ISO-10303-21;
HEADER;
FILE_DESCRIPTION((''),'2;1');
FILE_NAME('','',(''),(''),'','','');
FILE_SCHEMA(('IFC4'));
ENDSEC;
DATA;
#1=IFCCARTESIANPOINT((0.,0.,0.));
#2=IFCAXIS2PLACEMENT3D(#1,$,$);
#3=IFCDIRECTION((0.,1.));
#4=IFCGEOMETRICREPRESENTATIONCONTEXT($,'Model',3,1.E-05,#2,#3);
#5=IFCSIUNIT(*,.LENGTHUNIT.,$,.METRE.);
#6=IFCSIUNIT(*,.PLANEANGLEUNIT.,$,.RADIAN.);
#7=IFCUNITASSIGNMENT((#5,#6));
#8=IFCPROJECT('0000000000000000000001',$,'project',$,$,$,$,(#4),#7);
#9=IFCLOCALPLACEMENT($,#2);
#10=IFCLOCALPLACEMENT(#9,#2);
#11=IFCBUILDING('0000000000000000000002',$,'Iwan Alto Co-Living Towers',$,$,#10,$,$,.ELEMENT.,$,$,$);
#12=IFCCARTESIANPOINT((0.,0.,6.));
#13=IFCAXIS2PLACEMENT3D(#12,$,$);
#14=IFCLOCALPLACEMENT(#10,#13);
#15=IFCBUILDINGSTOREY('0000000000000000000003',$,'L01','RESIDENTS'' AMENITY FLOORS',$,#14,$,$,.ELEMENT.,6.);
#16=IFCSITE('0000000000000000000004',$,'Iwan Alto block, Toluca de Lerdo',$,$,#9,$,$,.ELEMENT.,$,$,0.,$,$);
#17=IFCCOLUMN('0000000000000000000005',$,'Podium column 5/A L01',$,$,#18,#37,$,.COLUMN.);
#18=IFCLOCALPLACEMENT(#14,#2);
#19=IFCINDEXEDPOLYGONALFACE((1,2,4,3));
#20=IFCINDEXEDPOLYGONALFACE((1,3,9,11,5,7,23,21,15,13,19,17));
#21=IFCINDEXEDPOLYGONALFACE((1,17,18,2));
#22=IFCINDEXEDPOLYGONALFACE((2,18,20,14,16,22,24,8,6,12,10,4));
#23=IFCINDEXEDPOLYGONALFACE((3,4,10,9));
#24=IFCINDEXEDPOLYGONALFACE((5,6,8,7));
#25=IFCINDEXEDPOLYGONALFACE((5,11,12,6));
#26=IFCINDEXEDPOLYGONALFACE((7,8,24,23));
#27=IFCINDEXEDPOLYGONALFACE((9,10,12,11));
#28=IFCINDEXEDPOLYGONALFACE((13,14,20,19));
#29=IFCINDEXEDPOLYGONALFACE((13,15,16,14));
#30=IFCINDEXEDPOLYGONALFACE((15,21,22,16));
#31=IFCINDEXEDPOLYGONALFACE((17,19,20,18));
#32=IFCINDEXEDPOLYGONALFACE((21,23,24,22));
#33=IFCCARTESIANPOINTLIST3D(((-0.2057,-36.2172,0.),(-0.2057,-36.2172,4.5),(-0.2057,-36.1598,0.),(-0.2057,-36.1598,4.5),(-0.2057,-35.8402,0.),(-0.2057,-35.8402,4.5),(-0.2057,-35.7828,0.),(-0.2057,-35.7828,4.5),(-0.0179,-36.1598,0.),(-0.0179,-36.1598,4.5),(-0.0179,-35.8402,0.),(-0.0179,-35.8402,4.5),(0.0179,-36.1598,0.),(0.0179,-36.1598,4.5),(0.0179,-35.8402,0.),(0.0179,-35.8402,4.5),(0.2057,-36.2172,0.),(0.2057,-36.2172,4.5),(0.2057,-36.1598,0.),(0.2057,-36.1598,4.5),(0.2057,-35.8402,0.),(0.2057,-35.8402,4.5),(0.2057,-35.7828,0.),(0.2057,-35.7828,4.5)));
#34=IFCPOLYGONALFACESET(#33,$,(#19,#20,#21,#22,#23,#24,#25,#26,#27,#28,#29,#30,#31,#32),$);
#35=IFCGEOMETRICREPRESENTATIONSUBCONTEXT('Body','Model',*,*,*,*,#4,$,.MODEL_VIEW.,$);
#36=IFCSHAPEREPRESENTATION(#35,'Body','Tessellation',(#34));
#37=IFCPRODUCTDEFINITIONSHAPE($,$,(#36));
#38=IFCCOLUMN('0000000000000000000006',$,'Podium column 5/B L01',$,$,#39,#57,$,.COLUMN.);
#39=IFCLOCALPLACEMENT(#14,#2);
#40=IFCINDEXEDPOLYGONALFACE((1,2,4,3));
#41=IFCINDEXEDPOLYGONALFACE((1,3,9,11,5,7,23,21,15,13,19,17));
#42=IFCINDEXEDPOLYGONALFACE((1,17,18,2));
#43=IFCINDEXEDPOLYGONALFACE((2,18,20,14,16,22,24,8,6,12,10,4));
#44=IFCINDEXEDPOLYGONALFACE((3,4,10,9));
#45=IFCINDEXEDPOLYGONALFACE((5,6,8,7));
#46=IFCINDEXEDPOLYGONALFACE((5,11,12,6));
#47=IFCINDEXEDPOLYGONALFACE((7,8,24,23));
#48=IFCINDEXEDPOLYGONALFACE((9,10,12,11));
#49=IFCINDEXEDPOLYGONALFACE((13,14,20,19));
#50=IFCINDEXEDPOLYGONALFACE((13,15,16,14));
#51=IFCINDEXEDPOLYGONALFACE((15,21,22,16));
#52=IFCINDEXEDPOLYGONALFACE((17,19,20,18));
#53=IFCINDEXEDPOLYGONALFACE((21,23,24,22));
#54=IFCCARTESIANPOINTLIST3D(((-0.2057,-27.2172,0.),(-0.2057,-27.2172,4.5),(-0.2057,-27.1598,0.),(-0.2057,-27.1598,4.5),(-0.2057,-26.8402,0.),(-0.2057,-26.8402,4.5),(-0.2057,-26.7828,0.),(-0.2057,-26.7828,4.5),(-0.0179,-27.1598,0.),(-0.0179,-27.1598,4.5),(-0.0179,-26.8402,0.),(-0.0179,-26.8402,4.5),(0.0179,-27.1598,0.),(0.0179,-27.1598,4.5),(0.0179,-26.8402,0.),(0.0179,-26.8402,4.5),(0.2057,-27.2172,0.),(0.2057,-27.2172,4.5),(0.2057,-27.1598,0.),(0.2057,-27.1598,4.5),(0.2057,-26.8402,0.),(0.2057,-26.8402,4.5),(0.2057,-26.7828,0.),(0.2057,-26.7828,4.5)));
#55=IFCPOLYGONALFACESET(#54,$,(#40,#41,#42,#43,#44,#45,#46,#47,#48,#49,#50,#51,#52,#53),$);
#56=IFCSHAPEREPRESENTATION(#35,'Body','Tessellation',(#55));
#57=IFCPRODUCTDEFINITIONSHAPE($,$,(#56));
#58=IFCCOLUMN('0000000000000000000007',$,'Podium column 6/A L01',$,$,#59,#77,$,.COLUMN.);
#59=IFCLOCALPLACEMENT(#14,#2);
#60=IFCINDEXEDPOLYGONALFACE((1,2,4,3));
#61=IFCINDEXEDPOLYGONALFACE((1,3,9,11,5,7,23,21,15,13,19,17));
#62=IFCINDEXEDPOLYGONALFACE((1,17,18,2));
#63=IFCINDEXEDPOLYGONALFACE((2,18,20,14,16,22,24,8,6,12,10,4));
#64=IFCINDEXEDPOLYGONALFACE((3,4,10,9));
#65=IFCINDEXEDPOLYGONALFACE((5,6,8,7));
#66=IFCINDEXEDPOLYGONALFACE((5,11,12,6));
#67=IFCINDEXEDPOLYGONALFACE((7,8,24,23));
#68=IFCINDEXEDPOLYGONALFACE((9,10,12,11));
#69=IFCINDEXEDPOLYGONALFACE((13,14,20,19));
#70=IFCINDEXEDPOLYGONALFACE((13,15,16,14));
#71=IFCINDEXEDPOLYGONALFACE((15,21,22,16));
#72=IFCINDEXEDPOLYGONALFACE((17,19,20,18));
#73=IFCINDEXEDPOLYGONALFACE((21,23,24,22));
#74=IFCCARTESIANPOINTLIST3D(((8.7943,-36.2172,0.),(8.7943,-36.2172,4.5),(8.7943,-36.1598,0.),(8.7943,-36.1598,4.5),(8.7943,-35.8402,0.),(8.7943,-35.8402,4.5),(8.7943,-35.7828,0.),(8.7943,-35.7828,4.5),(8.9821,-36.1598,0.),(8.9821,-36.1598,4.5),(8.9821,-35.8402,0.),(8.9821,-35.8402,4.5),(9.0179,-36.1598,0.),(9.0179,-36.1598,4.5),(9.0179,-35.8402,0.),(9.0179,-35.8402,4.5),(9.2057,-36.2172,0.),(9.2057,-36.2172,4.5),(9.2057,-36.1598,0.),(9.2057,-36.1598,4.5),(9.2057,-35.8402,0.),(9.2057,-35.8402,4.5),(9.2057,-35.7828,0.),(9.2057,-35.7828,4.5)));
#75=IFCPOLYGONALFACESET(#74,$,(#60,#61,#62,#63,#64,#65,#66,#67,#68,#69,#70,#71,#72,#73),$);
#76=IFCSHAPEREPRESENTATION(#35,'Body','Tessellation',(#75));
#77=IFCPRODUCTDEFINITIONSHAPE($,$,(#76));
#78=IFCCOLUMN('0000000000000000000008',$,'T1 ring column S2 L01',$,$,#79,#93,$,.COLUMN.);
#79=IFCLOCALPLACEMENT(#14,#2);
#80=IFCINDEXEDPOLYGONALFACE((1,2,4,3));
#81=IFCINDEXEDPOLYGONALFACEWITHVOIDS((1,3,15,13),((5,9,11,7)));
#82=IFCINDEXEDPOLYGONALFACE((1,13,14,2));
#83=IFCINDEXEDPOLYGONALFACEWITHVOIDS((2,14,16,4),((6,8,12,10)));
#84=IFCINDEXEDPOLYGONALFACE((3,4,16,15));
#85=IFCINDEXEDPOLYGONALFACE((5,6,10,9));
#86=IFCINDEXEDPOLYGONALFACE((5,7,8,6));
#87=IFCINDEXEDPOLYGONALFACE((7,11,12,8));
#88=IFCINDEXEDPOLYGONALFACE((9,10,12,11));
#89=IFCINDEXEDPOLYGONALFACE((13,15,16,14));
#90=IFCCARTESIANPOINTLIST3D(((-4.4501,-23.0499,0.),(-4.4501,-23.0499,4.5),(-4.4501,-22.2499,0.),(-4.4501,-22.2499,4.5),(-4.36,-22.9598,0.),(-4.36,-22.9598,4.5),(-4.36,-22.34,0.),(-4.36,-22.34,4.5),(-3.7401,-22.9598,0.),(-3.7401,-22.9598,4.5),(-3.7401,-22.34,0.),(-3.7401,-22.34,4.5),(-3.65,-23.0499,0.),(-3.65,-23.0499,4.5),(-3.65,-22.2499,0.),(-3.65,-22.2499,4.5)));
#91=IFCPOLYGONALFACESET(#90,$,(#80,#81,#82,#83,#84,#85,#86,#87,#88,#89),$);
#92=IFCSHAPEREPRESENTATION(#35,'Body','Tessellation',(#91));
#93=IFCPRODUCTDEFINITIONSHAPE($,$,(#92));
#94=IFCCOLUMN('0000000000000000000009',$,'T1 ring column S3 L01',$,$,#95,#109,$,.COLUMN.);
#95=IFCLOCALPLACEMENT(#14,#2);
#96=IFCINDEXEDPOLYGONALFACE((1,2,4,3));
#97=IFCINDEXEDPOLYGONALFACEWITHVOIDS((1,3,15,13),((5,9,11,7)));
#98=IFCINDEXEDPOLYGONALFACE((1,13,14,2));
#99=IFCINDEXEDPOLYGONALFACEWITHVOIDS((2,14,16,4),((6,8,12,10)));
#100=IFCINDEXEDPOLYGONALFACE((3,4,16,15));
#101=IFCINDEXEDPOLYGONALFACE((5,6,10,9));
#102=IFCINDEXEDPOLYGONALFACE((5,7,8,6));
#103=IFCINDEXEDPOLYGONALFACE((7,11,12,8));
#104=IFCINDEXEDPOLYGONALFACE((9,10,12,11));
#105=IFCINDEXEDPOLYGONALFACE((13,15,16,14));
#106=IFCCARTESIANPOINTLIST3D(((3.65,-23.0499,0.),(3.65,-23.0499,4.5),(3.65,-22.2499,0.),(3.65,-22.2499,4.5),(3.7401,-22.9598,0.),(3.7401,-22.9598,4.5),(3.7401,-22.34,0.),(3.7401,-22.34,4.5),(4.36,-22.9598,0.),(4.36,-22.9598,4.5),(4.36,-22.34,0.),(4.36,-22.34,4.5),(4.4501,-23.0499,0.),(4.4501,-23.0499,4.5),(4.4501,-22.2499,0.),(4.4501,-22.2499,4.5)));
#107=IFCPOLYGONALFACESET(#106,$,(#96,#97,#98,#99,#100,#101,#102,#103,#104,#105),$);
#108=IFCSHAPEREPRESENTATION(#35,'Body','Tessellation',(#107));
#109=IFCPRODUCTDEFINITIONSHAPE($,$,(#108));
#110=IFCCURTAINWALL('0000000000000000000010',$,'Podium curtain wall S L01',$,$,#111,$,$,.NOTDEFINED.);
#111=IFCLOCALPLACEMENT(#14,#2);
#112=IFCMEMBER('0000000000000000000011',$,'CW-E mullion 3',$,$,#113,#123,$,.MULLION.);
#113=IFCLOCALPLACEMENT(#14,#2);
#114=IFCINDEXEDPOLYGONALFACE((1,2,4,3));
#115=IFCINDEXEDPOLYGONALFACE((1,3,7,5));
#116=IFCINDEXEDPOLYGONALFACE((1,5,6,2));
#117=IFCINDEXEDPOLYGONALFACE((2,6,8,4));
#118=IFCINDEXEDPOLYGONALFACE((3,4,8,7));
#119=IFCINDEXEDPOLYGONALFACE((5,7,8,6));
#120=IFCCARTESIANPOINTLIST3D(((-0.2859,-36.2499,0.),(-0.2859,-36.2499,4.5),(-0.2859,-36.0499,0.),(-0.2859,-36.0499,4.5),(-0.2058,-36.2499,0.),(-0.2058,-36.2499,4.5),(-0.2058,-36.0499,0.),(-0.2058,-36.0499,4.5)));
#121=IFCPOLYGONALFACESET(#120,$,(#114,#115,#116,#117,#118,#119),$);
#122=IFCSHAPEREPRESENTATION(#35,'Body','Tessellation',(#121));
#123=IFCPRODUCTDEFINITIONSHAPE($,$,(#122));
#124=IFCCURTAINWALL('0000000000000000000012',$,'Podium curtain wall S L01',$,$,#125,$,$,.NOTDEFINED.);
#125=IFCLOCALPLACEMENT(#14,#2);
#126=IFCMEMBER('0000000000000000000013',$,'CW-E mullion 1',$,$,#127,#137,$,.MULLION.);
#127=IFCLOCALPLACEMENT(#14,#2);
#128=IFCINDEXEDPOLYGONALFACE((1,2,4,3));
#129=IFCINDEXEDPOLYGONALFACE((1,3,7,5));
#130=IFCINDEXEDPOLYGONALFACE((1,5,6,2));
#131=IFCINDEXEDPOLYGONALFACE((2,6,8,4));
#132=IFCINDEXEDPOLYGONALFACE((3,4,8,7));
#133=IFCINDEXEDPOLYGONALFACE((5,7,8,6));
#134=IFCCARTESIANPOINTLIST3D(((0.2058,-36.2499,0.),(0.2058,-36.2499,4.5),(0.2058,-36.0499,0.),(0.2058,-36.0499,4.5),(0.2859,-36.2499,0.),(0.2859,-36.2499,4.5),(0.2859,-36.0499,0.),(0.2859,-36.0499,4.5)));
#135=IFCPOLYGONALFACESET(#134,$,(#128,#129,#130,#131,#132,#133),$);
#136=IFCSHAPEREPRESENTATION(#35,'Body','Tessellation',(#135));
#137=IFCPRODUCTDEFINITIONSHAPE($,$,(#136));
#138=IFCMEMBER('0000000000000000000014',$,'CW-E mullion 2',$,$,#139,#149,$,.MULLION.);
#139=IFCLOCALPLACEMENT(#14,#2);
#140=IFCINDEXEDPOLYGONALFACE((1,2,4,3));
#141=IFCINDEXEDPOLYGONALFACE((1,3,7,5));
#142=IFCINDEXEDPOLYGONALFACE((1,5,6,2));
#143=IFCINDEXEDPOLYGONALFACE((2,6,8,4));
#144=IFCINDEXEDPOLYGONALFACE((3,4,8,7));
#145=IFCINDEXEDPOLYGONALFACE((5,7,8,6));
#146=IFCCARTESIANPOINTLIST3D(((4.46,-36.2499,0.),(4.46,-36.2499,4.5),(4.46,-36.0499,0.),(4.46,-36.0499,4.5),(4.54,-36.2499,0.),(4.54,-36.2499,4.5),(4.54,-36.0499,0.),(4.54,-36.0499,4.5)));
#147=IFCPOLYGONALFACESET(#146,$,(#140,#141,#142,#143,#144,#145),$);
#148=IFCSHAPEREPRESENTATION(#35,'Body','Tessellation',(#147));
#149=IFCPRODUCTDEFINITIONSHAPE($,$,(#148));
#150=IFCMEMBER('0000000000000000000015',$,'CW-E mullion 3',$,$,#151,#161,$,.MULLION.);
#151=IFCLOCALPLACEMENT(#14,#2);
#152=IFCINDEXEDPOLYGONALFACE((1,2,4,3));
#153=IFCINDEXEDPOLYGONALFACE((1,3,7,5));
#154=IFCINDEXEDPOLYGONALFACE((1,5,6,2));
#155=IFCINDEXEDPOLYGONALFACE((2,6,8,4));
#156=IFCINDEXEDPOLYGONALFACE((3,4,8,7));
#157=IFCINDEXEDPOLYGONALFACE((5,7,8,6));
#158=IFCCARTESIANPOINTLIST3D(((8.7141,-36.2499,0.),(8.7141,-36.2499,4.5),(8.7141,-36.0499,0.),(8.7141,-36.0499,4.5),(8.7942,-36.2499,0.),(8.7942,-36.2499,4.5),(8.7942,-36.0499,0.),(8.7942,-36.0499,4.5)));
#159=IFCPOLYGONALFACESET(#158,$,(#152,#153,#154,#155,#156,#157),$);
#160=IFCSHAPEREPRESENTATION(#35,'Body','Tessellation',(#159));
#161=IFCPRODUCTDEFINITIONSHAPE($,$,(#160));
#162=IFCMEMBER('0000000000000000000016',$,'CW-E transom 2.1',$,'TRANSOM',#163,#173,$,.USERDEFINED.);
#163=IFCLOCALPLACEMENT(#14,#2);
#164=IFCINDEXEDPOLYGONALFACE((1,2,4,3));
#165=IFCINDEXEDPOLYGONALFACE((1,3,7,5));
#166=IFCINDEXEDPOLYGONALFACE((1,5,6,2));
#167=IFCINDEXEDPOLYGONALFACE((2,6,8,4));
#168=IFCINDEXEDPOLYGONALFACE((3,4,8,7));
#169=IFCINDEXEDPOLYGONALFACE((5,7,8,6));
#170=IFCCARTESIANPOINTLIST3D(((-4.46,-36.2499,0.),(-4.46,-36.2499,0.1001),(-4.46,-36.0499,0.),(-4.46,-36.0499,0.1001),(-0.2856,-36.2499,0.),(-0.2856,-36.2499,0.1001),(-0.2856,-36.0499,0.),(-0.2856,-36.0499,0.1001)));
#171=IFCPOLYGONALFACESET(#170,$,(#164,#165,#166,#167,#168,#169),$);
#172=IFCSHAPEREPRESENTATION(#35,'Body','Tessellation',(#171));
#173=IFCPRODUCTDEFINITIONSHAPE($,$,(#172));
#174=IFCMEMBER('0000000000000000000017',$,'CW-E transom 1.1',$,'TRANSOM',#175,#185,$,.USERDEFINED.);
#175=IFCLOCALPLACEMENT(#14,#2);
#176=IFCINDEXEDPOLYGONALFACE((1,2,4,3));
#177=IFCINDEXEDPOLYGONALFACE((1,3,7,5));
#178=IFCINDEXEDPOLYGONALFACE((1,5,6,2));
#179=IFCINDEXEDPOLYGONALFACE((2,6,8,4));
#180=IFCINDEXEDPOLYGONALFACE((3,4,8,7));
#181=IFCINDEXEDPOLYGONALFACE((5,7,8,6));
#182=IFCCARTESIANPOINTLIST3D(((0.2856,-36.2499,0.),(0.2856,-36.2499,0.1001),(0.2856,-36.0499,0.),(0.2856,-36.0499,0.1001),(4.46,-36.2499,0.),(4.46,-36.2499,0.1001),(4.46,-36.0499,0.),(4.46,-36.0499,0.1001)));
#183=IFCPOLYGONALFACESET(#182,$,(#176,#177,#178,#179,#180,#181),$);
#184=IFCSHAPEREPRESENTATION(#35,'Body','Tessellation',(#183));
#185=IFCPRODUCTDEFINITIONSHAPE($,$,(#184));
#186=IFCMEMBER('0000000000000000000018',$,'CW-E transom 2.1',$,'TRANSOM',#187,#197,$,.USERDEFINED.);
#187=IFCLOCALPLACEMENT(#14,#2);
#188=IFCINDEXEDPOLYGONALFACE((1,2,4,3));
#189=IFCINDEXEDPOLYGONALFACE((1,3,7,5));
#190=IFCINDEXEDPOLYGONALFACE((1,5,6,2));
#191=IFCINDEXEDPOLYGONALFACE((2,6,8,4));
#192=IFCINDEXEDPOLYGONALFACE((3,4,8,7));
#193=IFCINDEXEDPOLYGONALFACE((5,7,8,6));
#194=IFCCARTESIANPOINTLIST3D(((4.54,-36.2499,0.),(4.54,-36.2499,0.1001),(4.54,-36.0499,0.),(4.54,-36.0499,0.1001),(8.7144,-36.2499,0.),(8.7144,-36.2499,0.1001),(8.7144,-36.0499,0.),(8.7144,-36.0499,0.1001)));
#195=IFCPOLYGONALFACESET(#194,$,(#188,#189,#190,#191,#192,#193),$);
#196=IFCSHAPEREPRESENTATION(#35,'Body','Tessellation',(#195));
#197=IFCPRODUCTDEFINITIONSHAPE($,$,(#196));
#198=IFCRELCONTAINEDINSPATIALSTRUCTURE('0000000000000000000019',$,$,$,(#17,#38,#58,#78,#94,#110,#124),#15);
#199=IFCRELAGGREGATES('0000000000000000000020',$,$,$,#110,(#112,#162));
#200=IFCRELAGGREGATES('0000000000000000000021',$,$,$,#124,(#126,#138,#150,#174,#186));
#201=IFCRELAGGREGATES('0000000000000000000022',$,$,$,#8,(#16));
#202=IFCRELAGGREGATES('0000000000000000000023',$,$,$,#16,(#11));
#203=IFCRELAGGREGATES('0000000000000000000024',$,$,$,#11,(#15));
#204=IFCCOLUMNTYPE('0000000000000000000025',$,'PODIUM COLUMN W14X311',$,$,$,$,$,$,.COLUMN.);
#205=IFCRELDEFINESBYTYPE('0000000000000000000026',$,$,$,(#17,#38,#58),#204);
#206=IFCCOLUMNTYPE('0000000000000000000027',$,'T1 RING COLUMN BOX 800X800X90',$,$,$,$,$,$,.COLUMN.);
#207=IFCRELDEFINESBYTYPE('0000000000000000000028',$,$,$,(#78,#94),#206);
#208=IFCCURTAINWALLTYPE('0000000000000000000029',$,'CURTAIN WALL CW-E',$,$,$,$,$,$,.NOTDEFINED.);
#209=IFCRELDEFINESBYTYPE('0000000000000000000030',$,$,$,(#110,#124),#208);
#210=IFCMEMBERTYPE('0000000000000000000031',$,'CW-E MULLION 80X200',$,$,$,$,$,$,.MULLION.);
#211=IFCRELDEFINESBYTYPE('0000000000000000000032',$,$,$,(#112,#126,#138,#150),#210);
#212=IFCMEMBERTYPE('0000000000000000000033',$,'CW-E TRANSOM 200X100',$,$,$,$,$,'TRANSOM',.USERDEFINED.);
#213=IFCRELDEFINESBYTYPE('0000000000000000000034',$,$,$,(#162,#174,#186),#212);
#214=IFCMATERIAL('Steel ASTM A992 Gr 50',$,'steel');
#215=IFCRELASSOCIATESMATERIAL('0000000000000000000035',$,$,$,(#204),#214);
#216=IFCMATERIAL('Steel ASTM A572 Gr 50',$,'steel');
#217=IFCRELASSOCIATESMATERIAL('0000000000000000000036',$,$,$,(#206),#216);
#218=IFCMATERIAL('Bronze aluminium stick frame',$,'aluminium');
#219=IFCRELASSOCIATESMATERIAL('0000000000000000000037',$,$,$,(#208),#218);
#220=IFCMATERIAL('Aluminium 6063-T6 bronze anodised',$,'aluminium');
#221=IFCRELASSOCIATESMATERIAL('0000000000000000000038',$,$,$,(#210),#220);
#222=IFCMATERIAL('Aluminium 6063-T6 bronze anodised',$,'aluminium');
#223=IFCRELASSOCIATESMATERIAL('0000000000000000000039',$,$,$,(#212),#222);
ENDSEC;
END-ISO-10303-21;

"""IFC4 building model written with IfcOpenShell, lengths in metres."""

from ifc_helpers import new_model, si_unit, direction, frame, origin, origin_2d, place, context, subcontext, project, spatial, rectangle, hollow_rectangle, i_section, extrude, material, material_profile, profile_set, type_object, element, aggregate, save


model = new_model("IFC4")

# Units and contexts
model_context = context("Model", 3, precision=1e-05, world=origin(), true_north=direction((0.0, 1.0)))
body_context = subcontext(model_context, "Body", "Model", "MODEL_VIEW")
ifc_project = project(units=[si_unit("LENGTHUNIT", "METRE"), si_unit("PLANEANGLEUNIT", "RADIAN")], contexts=[model_context])

# Site, building, storey
site_placement = place(None, origin())
site = spatial("IfcSite", under=ifc_project, at=site_placement, Name="Iwan Alto block, Toluca de Lerdo", CompositionType="ELEMENT", RefElevation=0.0)
building_placement = place(site_placement, origin())
building = spatial("IfcBuilding", under=site, at=building_placement, Name="Iwan Alto Co-Living Towers", CompositionType="ELEMENT")
storey_placement = place(building_placement, frame((0.0, 0.0, 6.0)))
storey = spatial("IfcBuildingStorey", under=building, at=storey_placement, Name="L01", Description="RESIDENTS' AMENITY FLOORS", CompositionType="ELEMENT", Elevation=6.0)

# Columns
ifc_material_1 = material(Name="Steel ASTM A992 Gr 50", Category="steel")
ifc_material_profile_1 = material_profile(ifc_material_1, i_section(OverallWidth=0.4114, OverallDepth=0.4343, WebThickness=0.0359, FlangeThickness=0.0574, at=origin_2d()), Name="W14X311")
ifc_profile_set_1 = profile_set([ifc_material_profile_1], Name="Steel ASTM A992 Gr 50")
column_type_1 = type_object("IfcColumnType", Name="PODIUM COLUMN W14X311", PredefinedType="COLUMN", material=ifc_profile_set_1)
for number, where, z_axis, x_axis, name in (
    (1, (0.0, -36.0, 0.0), (0.0, 0.0, 1.0), (1.0, 0.0, 0.0), "Podium column 5/A L01"),
    (2, (0.0, -27.0, 0.0), (0.0, 0.0, 1.0), (1.0, 0.0, 0.0), "Podium column 5/B L01"),
    (3, (9.0, -36.0, 0.0), (0.0, 0.0, 1.0), (1.0, 0.0, 0.0), "Podium column 6/A L01"),
):
    element("IfcColumn", number, at=place(storey_placement, frame(where, z_axis=z_axis, x_axis=x_axis)), inside=storey, type_object=column_type_1, Name=name, PredefinedType="COLUMN", context=body_context, shape_type="SweptSolid", body=[
        extrude(i_section(OverallWidth=0.4114, OverallDepth=0.4343, WebThickness=0.0359, FlangeThickness=0.0574, at=origin_2d()), origin(), (0.0, 0.0, 1.0), 4.5),
    ])
ifc_material_2 = material(Name="Steel ASTM A572 Gr 50", Category="steel")
ifc_material_profile_2 = material_profile(ifc_material_2, hollow_rectangle(XDim=0.8, YDim=0.8, WallThickness=0.0901, at=origin_2d()), Name="BOX 800X800X90")
ifc_profile_set_2 = profile_set([ifc_material_profile_2], Name="Steel ASTM A572 Gr 50")
column_type_2 = type_object("IfcColumnType", Name="T1 RING COLUMN BOX 800X800X90", PredefinedType="COLUMN", material=ifc_profile_set_2)
for number, where, z_axis, x_axis, name in (
    (4, (-4.05, -22.6499, 0.0), (0.0, 0.0, 1.0), (1.0, 0.0, 0.0), "T1 ring column S2 L01"),
    (5, (4.05, -22.6499, 0.0), (0.0, 0.0, 1.0), (1.0, 0.0, 0.0), "T1 ring column S3 L01"),
):
    element("IfcColumn", number, at=place(storey_placement, frame(where, z_axis=z_axis, x_axis=x_axis)), inside=storey, type_object=column_type_2, Name=name, PredefinedType="COLUMN", context=body_context, shape_type="SweptSolid", body=[
        extrude(hollow_rectangle(XDim=0.8, YDim=0.8, WallThickness=0.0901, at=origin_2d()), origin(), (0.0, 0.0, 1.0), 4.5),
    ])

# Curtain wall, member
ifc_material_3 = material(Name="Bronze aluminium stick frame", Category="aluminium")
curtain_wall_type = type_object("IfcCurtainWallType", Name="CURTAIN WALL CW-E", PredefinedType="NOTDEFINED", material=ifc_material_3)
curtain_wall_1_placement = place(storey_placement, origin())
curtain_wall_1 = element("IfcCurtainWall", 6, at=curtain_wall_1_placement, inside=storey, type_object=curtain_wall_type, Name="Podium curtain wall S L01", PredefinedType="NOTDEFINED")
ifc_material_4 = material(Name="Aluminium 6063-T6 bronze anodised", Category="aluminium")
ifc_material_profile_3 = material_profile(ifc_material_4, rectangle(XDim=0.2, YDim=0.0801, at=origin_2d()), Name="AL 80X200")
ifc_profile_set_3 = profile_set([ifc_material_profile_3], Name="Aluminium 6063-T6 bronze anodised")
member_type_1 = type_object("IfcMemberType", Name="CW-E MULLION 80X200", PredefinedType="MULLION", material=ifc_profile_set_3)
member_1_placement = place(storey_placement, frame((-0.2458, -36.1499, 0.0), z_axis=(0.0, 0.0, 1.0), x_axis=(0.0, 1.0, 0.0)))
member_1 = element("IfcMember", 7, at=member_1_placement, type_object=member_type_1, Name="CW-E mullion 3", PredefinedType="MULLION", context=body_context, shape_type="SweptSolid", body=[
    extrude(rectangle(XDim=0.2, YDim=0.0801, at=origin_2d()), origin(), (0.0, 0.0, 1.0), 4.5),
])

# Curtain wall, members
curtain_wall_2_placement = place(storey_placement, origin())
curtain_wall_2 = element("IfcCurtainWall", 8, at=curtain_wall_2_placement, inside=storey, type_object=curtain_wall_type, Name="Podium curtain wall S L01", PredefinedType="NOTDEFINED")
member_2_placement = place(storey_placement, frame((0.2458, -36.1499, 0.0), z_axis=(0.0, 0.0, 1.0), x_axis=(0.0, 1.0, 0.0)))
member_2 = element("IfcMember", 9, at=member_2_placement, type_object=member_type_1, Name="CW-E mullion 1", PredefinedType="MULLION", context=body_context, shape_type="SweptSolid", body=[
    extrude(rectangle(XDim=0.2, YDim=0.0801, at=origin_2d()), origin(), (0.0, 0.0, 1.0), 4.5),
])
member_3_placement = place(storey_placement, frame((4.5, -36.1499, 0.0), z_axis=(0.0, 0.0, 1.0), x_axis=(0.0, 1.0, 0.0)))
member_3 = element("IfcMember", 10, at=member_3_placement, type_object=member_type_1, Name="CW-E mullion 2", PredefinedType="MULLION", context=body_context, shape_type="SweptSolid", body=[
    extrude(rectangle(XDim=0.2, YDim=0.0801, at=origin_2d()), origin(), (0.0, 0.0, 1.0), 4.5),
])
member_4_placement = place(storey_placement, frame((8.7542, -36.1499, 0.0), z_axis=(0.0, 0.0, 1.0), x_axis=(0.0, 1.0, 0.0)))
member_4 = element("IfcMember", 11, at=member_4_placement, type_object=member_type_1, Name="CW-E mullion 3", PredefinedType="MULLION", context=body_context, shape_type="SweptSolid", body=[
    extrude(rectangle(XDim=0.2, YDim=0.0801, at=origin_2d()), origin(), (0.0, 0.0, 1.0), 4.5),
])

# Members
ifc_material_5 = material(Name="Aluminium 6063-T6 bronze anodised", Category="aluminium")
ifc_material_profile_4 = material_profile(ifc_material_5, rectangle(XDim=0.2, YDim=0.1001, at=origin_2d()), Name="AL 200X100")
ifc_profile_set_4 = profile_set([ifc_material_profile_4], Name="Aluminium 6063-T6 bronze anodised")
member_type_2 = type_object("IfcMemberType", Name="CW-E TRANSOM 200X100", ElementType="TRANSOM", PredefinedType="USERDEFINED", material=ifc_profile_set_4)
member_5_placement = place(storey_placement, frame((-4.46, -36.1499, 0.05), z_axis=(1.0, 0.0, 0.0), x_axis=(0.0, 1.0, 0.0)))
member_5 = element("IfcMember", 12, at=member_5_placement, type_object=member_type_2, Name="CW-E transom 2.1", ObjectType="TRANSOM", PredefinedType="USERDEFINED", context=body_context, shape_type="SweptSolid", body=[
    extrude(rectangle(XDim=0.2, YDim=0.1001, at=origin_2d()), origin(), (0.0, 0.0, 1.0), 4.1743),
])
member_6_placement = place(storey_placement, frame((0.2856, -36.1499, 0.05), z_axis=(1.0, 0.0, 0.0), x_axis=(0.0, 1.0, 0.0)))
member_6 = element("IfcMember", 13, at=member_6_placement, type_object=member_type_2, Name="CW-E transom 1.1", ObjectType="TRANSOM", PredefinedType="USERDEFINED", context=body_context, shape_type="SweptSolid", body=[
    extrude(rectangle(XDim=0.2, YDim=0.1001, at=origin_2d()), origin(), (0.0, 0.0, 1.0), 4.1743),
])
member_7_placement = place(storey_placement, frame((4.54, -36.1499, 0.05), z_axis=(1.0, 0.0, 0.0), x_axis=(0.0, 1.0, 0.0)))
member_7 = element("IfcMember", 14, at=member_7_placement, type_object=member_type_2, Name="CW-E transom 2.1", ObjectType="TRANSOM", PredefinedType="USERDEFINED", context=body_context, shape_type="SweptSolid", body=[
    extrude(rectangle(XDim=0.2, YDim=0.1001, at=origin_2d()), origin(), (0.0, 0.0, 1.0), 4.1743),
])

aggregate(curtain_wall_1, [member_1, member_5])
aggregate(curtain_wall_2, [member_2, member_3, member_4, member_6, member_7])

save(model, "model.ifc")
